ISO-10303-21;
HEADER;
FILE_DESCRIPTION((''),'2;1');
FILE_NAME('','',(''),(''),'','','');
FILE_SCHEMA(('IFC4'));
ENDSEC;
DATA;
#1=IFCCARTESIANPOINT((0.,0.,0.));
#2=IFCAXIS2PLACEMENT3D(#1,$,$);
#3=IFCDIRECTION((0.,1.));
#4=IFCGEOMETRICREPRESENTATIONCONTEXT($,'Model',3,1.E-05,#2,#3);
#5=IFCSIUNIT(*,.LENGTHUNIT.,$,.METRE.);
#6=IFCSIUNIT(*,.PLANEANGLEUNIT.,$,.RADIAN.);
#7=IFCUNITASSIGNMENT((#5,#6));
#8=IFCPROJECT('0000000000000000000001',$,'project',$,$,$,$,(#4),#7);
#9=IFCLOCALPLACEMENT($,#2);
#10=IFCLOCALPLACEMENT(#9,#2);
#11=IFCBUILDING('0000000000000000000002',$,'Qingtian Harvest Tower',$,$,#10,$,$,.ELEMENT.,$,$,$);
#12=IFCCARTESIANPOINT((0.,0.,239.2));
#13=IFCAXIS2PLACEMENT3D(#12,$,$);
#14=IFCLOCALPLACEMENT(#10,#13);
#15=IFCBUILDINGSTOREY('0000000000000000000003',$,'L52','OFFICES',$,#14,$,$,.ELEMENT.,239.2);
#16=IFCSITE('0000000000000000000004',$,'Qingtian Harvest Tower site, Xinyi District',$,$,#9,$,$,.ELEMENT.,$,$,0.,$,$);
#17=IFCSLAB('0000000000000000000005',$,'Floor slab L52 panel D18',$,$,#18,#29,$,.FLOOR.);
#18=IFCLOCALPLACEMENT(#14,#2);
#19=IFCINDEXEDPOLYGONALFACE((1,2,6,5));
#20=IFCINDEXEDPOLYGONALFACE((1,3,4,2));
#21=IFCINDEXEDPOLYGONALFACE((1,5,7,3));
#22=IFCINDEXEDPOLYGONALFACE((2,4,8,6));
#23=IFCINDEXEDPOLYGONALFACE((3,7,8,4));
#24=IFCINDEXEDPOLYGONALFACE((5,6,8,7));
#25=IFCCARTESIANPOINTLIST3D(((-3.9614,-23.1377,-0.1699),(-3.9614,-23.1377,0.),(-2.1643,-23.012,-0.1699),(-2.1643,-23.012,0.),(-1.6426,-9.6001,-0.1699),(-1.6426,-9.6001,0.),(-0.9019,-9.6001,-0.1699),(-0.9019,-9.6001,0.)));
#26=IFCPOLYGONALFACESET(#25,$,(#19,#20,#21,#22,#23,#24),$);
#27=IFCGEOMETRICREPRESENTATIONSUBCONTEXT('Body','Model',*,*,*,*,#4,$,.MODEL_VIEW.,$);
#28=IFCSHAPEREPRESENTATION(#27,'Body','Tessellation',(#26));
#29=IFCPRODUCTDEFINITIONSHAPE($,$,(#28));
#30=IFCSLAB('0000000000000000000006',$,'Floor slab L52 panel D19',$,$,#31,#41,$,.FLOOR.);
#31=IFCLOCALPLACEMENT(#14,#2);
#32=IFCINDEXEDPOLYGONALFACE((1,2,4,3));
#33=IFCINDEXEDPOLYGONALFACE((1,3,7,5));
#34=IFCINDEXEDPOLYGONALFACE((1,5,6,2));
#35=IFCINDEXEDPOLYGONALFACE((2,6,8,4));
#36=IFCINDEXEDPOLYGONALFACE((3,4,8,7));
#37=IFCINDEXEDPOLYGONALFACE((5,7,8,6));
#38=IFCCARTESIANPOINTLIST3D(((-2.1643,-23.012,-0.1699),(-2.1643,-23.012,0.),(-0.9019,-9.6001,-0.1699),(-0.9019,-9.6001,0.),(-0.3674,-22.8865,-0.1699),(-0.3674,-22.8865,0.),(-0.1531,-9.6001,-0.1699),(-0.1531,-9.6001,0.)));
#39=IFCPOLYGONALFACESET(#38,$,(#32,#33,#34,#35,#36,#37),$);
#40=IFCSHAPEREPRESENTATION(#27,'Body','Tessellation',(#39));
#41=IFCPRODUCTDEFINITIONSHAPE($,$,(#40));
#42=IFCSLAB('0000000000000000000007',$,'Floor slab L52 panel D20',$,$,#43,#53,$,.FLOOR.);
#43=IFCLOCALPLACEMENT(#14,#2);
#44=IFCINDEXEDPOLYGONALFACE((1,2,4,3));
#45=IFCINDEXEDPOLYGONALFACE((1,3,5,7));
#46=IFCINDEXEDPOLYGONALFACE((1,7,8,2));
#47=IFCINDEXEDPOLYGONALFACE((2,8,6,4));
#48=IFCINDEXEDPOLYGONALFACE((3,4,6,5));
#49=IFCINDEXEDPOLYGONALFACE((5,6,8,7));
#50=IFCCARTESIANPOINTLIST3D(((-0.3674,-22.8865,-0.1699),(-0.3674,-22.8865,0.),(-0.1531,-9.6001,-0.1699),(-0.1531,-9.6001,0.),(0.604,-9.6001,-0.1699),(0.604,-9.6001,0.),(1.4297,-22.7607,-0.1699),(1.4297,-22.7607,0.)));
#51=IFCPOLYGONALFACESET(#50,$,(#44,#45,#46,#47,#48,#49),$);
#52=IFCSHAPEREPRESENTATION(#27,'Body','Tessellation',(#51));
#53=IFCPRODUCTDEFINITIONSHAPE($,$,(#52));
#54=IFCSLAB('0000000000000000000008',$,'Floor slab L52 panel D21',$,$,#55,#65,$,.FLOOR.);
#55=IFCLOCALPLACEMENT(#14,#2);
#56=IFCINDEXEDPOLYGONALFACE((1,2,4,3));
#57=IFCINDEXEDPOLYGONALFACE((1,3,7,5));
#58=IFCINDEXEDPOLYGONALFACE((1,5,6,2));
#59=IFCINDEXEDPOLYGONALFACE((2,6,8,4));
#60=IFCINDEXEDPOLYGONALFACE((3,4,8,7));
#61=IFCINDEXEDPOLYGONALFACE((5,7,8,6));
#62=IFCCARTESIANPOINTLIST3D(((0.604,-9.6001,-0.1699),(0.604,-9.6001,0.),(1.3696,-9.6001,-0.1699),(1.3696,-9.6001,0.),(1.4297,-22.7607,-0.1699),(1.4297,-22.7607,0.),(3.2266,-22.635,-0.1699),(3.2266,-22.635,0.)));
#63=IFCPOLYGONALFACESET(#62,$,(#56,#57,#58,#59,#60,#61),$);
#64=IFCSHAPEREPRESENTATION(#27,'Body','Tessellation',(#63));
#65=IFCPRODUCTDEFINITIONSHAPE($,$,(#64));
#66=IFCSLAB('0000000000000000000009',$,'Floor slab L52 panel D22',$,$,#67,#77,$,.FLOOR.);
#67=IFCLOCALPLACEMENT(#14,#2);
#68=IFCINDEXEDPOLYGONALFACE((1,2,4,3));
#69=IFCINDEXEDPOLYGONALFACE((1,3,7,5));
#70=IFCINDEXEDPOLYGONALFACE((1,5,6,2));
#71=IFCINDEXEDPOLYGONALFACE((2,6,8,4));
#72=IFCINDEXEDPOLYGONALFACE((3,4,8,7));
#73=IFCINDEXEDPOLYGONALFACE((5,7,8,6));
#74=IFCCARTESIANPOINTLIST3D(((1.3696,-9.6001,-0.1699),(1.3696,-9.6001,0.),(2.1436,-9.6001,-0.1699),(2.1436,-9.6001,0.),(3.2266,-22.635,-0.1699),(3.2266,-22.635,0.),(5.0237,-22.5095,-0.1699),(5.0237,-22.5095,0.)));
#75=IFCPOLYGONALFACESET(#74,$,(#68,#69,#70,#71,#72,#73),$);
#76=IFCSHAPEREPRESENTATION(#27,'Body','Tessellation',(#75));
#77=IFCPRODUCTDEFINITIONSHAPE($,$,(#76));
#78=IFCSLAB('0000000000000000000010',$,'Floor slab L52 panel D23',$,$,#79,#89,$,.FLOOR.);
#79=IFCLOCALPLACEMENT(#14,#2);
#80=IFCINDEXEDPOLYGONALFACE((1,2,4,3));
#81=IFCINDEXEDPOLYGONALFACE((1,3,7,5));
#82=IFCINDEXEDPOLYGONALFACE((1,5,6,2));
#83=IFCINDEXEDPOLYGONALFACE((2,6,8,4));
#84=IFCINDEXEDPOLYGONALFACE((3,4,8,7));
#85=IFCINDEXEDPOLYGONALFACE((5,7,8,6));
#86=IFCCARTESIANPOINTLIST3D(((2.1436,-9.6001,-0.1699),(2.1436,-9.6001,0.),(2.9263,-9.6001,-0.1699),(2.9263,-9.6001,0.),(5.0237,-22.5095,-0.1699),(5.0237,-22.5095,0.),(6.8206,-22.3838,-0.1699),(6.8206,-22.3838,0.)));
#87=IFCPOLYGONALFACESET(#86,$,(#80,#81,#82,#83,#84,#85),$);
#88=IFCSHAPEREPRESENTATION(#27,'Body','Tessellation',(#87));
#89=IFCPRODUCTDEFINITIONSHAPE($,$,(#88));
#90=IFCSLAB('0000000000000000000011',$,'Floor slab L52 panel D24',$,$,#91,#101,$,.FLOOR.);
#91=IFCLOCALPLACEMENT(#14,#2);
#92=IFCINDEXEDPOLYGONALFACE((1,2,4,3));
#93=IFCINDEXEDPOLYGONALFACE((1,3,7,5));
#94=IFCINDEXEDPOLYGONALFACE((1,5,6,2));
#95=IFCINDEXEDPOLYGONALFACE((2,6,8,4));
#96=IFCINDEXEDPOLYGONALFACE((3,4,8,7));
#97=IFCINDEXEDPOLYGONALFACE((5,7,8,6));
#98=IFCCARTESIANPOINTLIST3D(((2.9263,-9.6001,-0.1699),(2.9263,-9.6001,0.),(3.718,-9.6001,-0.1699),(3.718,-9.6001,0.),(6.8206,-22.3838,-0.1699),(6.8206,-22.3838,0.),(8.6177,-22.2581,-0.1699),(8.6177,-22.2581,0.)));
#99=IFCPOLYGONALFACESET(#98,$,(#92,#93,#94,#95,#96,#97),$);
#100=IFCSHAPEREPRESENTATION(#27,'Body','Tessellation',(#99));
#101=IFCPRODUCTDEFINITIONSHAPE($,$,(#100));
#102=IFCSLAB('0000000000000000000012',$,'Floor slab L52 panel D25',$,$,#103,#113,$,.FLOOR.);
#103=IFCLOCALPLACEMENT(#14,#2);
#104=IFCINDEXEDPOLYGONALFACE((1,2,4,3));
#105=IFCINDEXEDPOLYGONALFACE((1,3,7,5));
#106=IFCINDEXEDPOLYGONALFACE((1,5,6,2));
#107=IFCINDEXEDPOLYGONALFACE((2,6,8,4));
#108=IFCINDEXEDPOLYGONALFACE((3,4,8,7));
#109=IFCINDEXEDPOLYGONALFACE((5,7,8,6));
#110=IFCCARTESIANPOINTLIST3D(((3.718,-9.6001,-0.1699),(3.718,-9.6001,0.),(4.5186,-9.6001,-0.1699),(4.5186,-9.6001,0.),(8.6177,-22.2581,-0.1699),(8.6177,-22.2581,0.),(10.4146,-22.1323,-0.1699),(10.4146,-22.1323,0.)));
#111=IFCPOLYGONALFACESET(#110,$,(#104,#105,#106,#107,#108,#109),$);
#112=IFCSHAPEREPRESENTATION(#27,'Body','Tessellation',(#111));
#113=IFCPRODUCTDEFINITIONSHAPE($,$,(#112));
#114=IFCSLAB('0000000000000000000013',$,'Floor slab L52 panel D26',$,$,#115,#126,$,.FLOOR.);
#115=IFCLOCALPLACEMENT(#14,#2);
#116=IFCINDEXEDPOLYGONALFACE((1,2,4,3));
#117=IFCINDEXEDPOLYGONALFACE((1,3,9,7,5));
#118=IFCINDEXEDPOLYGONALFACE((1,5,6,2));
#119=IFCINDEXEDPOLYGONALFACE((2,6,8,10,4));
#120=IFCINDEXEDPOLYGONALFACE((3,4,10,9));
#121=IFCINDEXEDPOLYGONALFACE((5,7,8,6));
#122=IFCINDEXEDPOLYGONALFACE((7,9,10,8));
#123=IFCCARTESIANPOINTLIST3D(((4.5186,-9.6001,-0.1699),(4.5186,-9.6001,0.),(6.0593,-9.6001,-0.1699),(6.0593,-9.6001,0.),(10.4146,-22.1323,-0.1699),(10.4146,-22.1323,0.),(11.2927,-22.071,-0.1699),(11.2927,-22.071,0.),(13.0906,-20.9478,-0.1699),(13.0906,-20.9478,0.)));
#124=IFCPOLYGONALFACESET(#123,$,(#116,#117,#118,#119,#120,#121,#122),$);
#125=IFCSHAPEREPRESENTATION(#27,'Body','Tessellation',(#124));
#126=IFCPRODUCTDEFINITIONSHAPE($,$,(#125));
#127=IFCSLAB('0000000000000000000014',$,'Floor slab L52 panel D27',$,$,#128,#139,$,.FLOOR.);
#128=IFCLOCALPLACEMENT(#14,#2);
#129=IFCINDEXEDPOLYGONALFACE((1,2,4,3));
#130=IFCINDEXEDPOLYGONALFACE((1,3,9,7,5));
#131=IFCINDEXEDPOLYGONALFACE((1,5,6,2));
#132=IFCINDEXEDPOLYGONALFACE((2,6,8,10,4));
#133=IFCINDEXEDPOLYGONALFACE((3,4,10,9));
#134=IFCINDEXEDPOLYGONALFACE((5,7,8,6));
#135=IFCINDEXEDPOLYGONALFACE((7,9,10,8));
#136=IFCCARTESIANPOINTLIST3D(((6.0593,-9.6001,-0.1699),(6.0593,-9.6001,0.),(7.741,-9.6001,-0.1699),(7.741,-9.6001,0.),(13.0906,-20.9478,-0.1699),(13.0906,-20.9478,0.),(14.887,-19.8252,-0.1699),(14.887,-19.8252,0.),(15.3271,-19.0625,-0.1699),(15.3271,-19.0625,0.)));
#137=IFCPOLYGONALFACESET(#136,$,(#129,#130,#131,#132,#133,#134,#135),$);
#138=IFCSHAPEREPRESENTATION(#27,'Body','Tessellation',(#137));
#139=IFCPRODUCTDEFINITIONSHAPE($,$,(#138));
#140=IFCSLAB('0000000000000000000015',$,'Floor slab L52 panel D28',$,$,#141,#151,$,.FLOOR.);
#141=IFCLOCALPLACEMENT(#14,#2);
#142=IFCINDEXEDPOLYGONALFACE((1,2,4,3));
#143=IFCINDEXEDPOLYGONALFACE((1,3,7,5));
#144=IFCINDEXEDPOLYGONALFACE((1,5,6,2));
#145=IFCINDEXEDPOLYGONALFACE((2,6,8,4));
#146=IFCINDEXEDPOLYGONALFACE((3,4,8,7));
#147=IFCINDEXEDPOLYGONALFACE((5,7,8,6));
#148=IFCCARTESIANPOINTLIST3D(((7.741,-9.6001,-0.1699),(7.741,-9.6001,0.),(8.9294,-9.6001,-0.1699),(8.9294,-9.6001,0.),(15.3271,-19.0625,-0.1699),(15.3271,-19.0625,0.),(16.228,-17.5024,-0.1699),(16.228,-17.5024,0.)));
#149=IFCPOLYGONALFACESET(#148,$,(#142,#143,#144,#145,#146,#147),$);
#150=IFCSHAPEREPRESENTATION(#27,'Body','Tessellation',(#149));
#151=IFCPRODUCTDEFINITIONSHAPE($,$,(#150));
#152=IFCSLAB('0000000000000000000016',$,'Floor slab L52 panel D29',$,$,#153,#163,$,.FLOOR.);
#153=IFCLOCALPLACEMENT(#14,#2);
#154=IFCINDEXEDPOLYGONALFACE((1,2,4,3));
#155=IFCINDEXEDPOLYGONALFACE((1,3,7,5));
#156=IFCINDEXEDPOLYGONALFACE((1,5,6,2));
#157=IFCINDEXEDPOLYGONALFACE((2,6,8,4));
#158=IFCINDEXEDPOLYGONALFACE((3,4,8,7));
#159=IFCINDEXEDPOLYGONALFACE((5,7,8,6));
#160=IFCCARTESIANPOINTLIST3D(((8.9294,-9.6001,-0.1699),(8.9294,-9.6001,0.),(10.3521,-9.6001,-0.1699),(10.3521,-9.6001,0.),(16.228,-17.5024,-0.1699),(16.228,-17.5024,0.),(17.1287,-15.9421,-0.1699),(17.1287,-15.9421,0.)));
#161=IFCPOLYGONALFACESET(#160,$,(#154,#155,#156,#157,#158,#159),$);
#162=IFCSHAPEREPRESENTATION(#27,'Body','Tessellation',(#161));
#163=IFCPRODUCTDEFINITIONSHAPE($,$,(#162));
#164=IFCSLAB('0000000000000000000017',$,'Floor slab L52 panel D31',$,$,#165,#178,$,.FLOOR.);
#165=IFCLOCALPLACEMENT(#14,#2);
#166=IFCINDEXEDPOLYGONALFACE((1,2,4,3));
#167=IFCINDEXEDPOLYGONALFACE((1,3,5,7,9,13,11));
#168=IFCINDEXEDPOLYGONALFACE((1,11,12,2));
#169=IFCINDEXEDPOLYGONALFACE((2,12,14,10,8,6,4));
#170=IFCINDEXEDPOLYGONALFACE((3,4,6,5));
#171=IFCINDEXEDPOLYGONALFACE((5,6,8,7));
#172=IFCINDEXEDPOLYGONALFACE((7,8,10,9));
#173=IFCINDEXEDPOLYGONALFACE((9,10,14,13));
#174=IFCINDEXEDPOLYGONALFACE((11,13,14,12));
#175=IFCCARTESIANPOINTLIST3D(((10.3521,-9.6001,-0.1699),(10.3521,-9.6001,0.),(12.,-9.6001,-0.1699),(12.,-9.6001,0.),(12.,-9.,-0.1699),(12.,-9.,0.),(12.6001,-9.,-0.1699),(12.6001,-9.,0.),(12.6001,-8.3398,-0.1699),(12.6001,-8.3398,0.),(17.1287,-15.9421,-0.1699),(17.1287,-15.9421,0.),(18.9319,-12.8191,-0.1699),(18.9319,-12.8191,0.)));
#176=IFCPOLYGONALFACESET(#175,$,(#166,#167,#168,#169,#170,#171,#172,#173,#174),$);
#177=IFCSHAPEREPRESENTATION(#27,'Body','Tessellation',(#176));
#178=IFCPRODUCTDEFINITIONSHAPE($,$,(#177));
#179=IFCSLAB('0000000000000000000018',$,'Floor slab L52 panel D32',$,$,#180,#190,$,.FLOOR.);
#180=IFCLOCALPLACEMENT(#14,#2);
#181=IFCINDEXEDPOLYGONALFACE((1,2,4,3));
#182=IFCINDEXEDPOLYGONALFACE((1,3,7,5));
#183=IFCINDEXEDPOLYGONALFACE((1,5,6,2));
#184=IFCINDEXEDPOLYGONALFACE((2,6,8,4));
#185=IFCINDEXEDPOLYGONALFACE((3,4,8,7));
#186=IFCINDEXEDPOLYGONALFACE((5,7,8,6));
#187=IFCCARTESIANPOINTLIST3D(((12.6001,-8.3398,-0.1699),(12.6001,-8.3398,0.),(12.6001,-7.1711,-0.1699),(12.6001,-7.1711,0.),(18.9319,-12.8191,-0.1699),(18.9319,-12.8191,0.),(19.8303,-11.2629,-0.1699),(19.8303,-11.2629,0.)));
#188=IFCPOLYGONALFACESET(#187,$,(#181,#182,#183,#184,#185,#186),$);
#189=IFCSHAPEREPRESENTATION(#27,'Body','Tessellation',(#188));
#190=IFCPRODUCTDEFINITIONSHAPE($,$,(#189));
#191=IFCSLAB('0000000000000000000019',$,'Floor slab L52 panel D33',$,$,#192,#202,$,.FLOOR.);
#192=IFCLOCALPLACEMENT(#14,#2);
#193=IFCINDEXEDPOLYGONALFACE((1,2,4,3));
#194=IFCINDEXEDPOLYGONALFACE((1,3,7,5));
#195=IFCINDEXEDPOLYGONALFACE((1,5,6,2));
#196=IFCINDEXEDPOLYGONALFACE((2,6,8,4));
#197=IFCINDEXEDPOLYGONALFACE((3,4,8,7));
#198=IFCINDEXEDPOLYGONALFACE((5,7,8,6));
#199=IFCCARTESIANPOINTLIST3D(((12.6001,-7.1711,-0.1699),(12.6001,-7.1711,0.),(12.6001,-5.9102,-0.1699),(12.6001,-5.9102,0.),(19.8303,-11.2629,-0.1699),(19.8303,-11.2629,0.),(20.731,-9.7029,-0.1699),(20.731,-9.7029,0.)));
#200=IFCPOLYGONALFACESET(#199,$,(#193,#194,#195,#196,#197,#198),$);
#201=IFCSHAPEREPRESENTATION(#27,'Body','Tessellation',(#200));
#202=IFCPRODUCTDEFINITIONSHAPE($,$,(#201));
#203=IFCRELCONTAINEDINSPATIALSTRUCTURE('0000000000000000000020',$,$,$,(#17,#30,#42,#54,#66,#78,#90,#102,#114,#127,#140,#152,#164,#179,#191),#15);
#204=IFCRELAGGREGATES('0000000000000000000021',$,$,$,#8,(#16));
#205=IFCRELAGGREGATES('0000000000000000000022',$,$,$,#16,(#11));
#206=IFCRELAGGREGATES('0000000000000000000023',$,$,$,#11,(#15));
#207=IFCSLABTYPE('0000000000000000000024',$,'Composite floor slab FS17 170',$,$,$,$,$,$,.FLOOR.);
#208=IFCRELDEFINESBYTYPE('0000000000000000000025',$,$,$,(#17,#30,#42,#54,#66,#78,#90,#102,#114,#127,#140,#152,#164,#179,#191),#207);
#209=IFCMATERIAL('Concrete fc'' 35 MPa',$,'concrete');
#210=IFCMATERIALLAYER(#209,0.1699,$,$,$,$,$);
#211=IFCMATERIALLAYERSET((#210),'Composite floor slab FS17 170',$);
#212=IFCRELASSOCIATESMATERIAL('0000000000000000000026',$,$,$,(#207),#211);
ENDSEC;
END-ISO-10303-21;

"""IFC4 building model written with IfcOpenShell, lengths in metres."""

from ifc_helpers import new_model, si_unit, direction, frame, origin, place, context, subcontext, project, spatial, polyline, outline, extrude, material, layer, layer_set, type_object, element, save


model = new_model("IFC4")

# Units and contexts
model_context = context("Model", 3, precision=1e-05, world=origin(), true_north=direction((0.0, 1.0)))
body_context = subcontext(model_context, "Body", "Model", "MODEL_VIEW")
ifc_project = project(units=[si_unit("LENGTHUNIT", "METRE"), si_unit("PLANEANGLEUNIT", "RADIAN")], contexts=[model_context])

# Site, building, storey
site_placement = place(None, origin())
site = spatial("IfcSite", under=ifc_project, at=site_placement, Name="Qingtian Harvest Tower site, Xinyi District", CompositionType="ELEMENT", RefElevation=0.0)
building_placement = place(site_placement, origin())
building = spatial("IfcBuilding", under=site, at=building_placement, Name="Qingtian Harvest Tower", CompositionType="ELEMENT")
storey_placement = place(building_placement, frame((0.0, 0.0, 239.2)))
storey = spatial("IfcBuildingStorey", under=building, at=storey_placement, Name="L52", Description="OFFICES", CompositionType="ELEMENT", Elevation=239.2)

# Slabs
ifc_material = material(Name="Concrete fc' 35 MPa", Category="concrete")
ifc_layer = layer(ifc_material, 0.1699)
ifc_layer_set = layer_set([ifc_layer], Name="Composite floor slab FS17 170")
slab_type = type_object("IfcSlabType", Name="Composite floor slab FS17 170", PredefinedType="FLOOR", material=ifc_layer_set)
slab_1_placement = place(storey_placement, frame((0.0, 0.0, -0.1699)))
element("IfcSlab", 1, at=slab_1_placement, inside=storey, type_object=slab_type, Name="Floor slab L52 panel D18", PredefinedType="FLOOR", context=body_context, shape_type="SweptSolid", body=[
    extrude(outline(polyline([(-0.9019, -9.6001), (-2.1643, -23.012), (-3.9614, -23.1377), (-1.6426, -9.6001), (-0.9019, -9.6001)])), origin(), (0.0, 0.0, 1.0), 0.1699),
])
slab_2_placement = place(storey_placement, frame((0.0, 0.0, -0.1699)))
element("IfcSlab", 2, at=slab_2_placement, inside=storey, type_object=slab_type, Name="Floor slab L52 panel D19", PredefinedType="FLOOR", context=body_context, shape_type="SweptSolid", body=[
    extrude(outline(polyline([(-0.1531, -9.6001), (-0.3674, -22.8865), (-2.1643, -23.012), (-0.9019, -9.6001), (-0.1531, -9.6001)])), origin(), (0.0, 0.0, 1.0), 0.1699),
])
slab_3_placement = place(storey_placement, frame((0.0, 0.0, -0.1699)))
element("IfcSlab", 3, at=slab_3_placement, inside=storey, type_object=slab_type, Name="Floor slab L52 panel D20", PredefinedType="FLOOR", context=body_context, shape_type="SweptSolid", body=[
    extrude(outline(polyline([(0.604, -9.6001), (1.4297, -22.7607), (-0.3674, -22.8865), (-0.1531, -9.6001), (0.604, -9.6001)])), origin(), (0.0, 0.0, 1.0), 0.1699),
])
slab_4_placement = place(storey_placement, frame((0.0, 0.0, -0.1699)))
element("IfcSlab", 4, at=slab_4_placement, inside=storey, type_object=slab_type, Name="Floor slab L52 panel D21", PredefinedType="FLOOR", context=body_context, shape_type="SweptSolid", body=[
    extrude(outline(polyline([(1.3696, -9.6001), (3.2266, -22.635), (1.4297, -22.7607), (0.604, -9.6001), (1.3696, -9.6001)])), origin(), (0.0, 0.0, 1.0), 0.1699),
])
slab_5_placement = place(storey_placement, frame((0.0, 0.0, -0.1699)))
element("IfcSlab", 5, at=slab_5_placement, inside=storey, type_object=slab_type, Name="Floor slab L52 panel D22", PredefinedType="FLOOR", context=body_context, shape_type="SweptSolid", body=[
    extrude(outline(polyline([(2.1436, -9.6001), (5.0237, -22.5095), (3.2266, -22.635), (1.3696, -9.6001), (2.1436, -9.6001)])), origin(), (0.0, 0.0, 1.0), 0.1699),
])
slab_6_placement = place(storey_placement, frame((0.0, 0.0, -0.1699)))
element("IfcSlab", 6, at=slab_6_placement, inside=storey, type_object=slab_type, Name="Floor slab L52 panel D23", PredefinedType="FLOOR", context=body_context, shape_type="SweptSolid", body=[
    extrude(outline(polyline([(2.9263, -9.6001), (6.8206, -22.3838), (5.0237, -22.5095), (2.1436, -9.6001), (2.9263, -9.6001)])), origin(), (0.0, 0.0, 1.0), 0.1699),
])
slab_7_placement = place(storey_placement, frame((0.0, 0.0, -0.1699)))
element("IfcSlab", 7, at=slab_7_placement, inside=storey, type_object=slab_type, Name="Floor slab L52 panel D24", PredefinedType="FLOOR", context=body_context, shape_type="SweptSolid", body=[
    extrude(outline(polyline([(3.718, -9.6001), (8.6177, -22.2581), (6.8206, -22.3838), (2.9263, -9.6001), (3.718, -9.6001)])), origin(), (0.0, 0.0, 1.0), 0.1699),
])
slab_8_placement = place(storey_placement, frame((0.0, 0.0, -0.1699)))
element("IfcSlab", 8, at=slab_8_placement, inside=storey, type_object=slab_type, Name="Floor slab L52 panel D25", PredefinedType="FLOOR", context=body_context, shape_type="SweptSolid", body=[
    extrude(outline(polyline([(4.5186, -9.6001), (10.4146, -22.1323), (8.6177, -22.2581), (3.718, -9.6001), (4.5186, -9.6001)])), origin(), (0.0, 0.0, 1.0), 0.1699),
])
slab_9_placement = place(storey_placement, frame((0.0, 0.0, -0.1699)))
element("IfcSlab", 9, at=slab_9_placement, inside=storey, type_object=slab_type, Name="Floor slab L52 panel D26", PredefinedType="FLOOR", context=body_context, shape_type="SweptSolid", body=[
    extrude(outline(polyline([(4.5186, -9.6001), (6.0593, -9.6001), (13.0906, -20.9478), (11.2927, -22.071), (10.4146, -22.1323), (4.5186, -9.6001)])), origin(), (0.0, 0.0, 1.0), 0.1699),
])
slab_10_placement = place(storey_placement, frame((0.0, 0.0, -0.1699)))
element("IfcSlab", 10, at=slab_10_placement, inside=storey, type_object=slab_type, Name="Floor slab L52 panel D27", PredefinedType="FLOOR", context=body_context, shape_type="SweptSolid", body=[
    extrude(outline(polyline([(6.0593, -9.6001), (7.741, -9.6001), (15.3271, -19.0625), (14.887, -19.8252), (13.0906, -20.9478), (6.0593, -9.6001)])), origin(), (0.0, 0.0, 1.0), 0.1699),
])
slab_11_placement = place(storey_placement, frame((0.0, 0.0, -0.1699)))
element("IfcSlab", 11, at=slab_11_placement, inside=storey, type_object=slab_type, Name="Floor slab L52 panel D28", PredefinedType="FLOOR", context=body_context, shape_type="SweptSolid", body=[
    extrude(outline(polyline([(8.9294, -9.6001), (16.228, -17.5024), (15.3271, -19.0625), (7.741, -9.6001), (8.9294, -9.6001)])), origin(), (0.0, 0.0, 1.0), 0.1699),
])
slab_12_placement = place(storey_placement, frame((0.0, 0.0, -0.1699)))
element("IfcSlab", 12, at=slab_12_placement, inside=storey, type_object=slab_type, Name="Floor slab L52 panel D29", PredefinedType="FLOOR", context=body_context, shape_type="SweptSolid", body=[
    extrude(outline(polyline([(10.3521, -9.6001), (17.1287, -15.9421), (16.228, -17.5024), (8.9294, -9.6001), (10.3521, -9.6001)])), origin(), (0.0, 0.0, 1.0), 0.1699),
])
slab_13_placement = place(storey_placement, frame((0.0, 0.0, -0.1699)))
element("IfcSlab", 13, at=slab_13_placement, inside=storey, type_object=slab_type, Name="Floor slab L52 panel D31", PredefinedType="FLOOR", context=body_context, shape_type="SweptSolid", body=[
    extrude(outline(polyline([(12.6001, -8.3398), (18.9319, -12.8191), (17.1287, -15.9421), (10.3521, -9.6001), (12.0, -9.6001), (12.0, -9.0), (12.6001, -9.0), (12.6001, -8.3398)])), origin(), (0.0, 0.0, 1.0), 0.1699),
])
slab_14_placement = place(storey_placement, frame((0.0, 0.0, -0.1699)))
element("IfcSlab", 14, at=slab_14_placement, inside=storey, type_object=slab_type, Name="Floor slab L52 panel D32", PredefinedType="FLOOR", context=body_context, shape_type="SweptSolid", body=[
    extrude(outline(polyline([(12.6001, -7.1711), (19.8303, -11.2629), (18.9319, -12.8191), (12.6001, -8.3398), (12.6001, -7.1711)])), origin(), (0.0, 0.0, 1.0), 0.1699),
])
slab_15_placement = place(storey_placement, frame((0.0, 0.0, -0.1699)))
element("IfcSlab", 15, at=slab_15_placement, inside=storey, type_object=slab_type, Name="Floor slab L52 panel D33", PredefinedType="FLOOR", context=body_context, shape_type="SweptSolid", body=[
    extrude(outline(polyline([(12.6001, -5.9102), (20.731, -9.7029), (19.8303, -11.2629), (12.6001, -7.1711), (12.6001, -5.9102)])), origin(), (0.0, 0.0, 1.0), 0.1699),
])

save(model, "model.ifc")
